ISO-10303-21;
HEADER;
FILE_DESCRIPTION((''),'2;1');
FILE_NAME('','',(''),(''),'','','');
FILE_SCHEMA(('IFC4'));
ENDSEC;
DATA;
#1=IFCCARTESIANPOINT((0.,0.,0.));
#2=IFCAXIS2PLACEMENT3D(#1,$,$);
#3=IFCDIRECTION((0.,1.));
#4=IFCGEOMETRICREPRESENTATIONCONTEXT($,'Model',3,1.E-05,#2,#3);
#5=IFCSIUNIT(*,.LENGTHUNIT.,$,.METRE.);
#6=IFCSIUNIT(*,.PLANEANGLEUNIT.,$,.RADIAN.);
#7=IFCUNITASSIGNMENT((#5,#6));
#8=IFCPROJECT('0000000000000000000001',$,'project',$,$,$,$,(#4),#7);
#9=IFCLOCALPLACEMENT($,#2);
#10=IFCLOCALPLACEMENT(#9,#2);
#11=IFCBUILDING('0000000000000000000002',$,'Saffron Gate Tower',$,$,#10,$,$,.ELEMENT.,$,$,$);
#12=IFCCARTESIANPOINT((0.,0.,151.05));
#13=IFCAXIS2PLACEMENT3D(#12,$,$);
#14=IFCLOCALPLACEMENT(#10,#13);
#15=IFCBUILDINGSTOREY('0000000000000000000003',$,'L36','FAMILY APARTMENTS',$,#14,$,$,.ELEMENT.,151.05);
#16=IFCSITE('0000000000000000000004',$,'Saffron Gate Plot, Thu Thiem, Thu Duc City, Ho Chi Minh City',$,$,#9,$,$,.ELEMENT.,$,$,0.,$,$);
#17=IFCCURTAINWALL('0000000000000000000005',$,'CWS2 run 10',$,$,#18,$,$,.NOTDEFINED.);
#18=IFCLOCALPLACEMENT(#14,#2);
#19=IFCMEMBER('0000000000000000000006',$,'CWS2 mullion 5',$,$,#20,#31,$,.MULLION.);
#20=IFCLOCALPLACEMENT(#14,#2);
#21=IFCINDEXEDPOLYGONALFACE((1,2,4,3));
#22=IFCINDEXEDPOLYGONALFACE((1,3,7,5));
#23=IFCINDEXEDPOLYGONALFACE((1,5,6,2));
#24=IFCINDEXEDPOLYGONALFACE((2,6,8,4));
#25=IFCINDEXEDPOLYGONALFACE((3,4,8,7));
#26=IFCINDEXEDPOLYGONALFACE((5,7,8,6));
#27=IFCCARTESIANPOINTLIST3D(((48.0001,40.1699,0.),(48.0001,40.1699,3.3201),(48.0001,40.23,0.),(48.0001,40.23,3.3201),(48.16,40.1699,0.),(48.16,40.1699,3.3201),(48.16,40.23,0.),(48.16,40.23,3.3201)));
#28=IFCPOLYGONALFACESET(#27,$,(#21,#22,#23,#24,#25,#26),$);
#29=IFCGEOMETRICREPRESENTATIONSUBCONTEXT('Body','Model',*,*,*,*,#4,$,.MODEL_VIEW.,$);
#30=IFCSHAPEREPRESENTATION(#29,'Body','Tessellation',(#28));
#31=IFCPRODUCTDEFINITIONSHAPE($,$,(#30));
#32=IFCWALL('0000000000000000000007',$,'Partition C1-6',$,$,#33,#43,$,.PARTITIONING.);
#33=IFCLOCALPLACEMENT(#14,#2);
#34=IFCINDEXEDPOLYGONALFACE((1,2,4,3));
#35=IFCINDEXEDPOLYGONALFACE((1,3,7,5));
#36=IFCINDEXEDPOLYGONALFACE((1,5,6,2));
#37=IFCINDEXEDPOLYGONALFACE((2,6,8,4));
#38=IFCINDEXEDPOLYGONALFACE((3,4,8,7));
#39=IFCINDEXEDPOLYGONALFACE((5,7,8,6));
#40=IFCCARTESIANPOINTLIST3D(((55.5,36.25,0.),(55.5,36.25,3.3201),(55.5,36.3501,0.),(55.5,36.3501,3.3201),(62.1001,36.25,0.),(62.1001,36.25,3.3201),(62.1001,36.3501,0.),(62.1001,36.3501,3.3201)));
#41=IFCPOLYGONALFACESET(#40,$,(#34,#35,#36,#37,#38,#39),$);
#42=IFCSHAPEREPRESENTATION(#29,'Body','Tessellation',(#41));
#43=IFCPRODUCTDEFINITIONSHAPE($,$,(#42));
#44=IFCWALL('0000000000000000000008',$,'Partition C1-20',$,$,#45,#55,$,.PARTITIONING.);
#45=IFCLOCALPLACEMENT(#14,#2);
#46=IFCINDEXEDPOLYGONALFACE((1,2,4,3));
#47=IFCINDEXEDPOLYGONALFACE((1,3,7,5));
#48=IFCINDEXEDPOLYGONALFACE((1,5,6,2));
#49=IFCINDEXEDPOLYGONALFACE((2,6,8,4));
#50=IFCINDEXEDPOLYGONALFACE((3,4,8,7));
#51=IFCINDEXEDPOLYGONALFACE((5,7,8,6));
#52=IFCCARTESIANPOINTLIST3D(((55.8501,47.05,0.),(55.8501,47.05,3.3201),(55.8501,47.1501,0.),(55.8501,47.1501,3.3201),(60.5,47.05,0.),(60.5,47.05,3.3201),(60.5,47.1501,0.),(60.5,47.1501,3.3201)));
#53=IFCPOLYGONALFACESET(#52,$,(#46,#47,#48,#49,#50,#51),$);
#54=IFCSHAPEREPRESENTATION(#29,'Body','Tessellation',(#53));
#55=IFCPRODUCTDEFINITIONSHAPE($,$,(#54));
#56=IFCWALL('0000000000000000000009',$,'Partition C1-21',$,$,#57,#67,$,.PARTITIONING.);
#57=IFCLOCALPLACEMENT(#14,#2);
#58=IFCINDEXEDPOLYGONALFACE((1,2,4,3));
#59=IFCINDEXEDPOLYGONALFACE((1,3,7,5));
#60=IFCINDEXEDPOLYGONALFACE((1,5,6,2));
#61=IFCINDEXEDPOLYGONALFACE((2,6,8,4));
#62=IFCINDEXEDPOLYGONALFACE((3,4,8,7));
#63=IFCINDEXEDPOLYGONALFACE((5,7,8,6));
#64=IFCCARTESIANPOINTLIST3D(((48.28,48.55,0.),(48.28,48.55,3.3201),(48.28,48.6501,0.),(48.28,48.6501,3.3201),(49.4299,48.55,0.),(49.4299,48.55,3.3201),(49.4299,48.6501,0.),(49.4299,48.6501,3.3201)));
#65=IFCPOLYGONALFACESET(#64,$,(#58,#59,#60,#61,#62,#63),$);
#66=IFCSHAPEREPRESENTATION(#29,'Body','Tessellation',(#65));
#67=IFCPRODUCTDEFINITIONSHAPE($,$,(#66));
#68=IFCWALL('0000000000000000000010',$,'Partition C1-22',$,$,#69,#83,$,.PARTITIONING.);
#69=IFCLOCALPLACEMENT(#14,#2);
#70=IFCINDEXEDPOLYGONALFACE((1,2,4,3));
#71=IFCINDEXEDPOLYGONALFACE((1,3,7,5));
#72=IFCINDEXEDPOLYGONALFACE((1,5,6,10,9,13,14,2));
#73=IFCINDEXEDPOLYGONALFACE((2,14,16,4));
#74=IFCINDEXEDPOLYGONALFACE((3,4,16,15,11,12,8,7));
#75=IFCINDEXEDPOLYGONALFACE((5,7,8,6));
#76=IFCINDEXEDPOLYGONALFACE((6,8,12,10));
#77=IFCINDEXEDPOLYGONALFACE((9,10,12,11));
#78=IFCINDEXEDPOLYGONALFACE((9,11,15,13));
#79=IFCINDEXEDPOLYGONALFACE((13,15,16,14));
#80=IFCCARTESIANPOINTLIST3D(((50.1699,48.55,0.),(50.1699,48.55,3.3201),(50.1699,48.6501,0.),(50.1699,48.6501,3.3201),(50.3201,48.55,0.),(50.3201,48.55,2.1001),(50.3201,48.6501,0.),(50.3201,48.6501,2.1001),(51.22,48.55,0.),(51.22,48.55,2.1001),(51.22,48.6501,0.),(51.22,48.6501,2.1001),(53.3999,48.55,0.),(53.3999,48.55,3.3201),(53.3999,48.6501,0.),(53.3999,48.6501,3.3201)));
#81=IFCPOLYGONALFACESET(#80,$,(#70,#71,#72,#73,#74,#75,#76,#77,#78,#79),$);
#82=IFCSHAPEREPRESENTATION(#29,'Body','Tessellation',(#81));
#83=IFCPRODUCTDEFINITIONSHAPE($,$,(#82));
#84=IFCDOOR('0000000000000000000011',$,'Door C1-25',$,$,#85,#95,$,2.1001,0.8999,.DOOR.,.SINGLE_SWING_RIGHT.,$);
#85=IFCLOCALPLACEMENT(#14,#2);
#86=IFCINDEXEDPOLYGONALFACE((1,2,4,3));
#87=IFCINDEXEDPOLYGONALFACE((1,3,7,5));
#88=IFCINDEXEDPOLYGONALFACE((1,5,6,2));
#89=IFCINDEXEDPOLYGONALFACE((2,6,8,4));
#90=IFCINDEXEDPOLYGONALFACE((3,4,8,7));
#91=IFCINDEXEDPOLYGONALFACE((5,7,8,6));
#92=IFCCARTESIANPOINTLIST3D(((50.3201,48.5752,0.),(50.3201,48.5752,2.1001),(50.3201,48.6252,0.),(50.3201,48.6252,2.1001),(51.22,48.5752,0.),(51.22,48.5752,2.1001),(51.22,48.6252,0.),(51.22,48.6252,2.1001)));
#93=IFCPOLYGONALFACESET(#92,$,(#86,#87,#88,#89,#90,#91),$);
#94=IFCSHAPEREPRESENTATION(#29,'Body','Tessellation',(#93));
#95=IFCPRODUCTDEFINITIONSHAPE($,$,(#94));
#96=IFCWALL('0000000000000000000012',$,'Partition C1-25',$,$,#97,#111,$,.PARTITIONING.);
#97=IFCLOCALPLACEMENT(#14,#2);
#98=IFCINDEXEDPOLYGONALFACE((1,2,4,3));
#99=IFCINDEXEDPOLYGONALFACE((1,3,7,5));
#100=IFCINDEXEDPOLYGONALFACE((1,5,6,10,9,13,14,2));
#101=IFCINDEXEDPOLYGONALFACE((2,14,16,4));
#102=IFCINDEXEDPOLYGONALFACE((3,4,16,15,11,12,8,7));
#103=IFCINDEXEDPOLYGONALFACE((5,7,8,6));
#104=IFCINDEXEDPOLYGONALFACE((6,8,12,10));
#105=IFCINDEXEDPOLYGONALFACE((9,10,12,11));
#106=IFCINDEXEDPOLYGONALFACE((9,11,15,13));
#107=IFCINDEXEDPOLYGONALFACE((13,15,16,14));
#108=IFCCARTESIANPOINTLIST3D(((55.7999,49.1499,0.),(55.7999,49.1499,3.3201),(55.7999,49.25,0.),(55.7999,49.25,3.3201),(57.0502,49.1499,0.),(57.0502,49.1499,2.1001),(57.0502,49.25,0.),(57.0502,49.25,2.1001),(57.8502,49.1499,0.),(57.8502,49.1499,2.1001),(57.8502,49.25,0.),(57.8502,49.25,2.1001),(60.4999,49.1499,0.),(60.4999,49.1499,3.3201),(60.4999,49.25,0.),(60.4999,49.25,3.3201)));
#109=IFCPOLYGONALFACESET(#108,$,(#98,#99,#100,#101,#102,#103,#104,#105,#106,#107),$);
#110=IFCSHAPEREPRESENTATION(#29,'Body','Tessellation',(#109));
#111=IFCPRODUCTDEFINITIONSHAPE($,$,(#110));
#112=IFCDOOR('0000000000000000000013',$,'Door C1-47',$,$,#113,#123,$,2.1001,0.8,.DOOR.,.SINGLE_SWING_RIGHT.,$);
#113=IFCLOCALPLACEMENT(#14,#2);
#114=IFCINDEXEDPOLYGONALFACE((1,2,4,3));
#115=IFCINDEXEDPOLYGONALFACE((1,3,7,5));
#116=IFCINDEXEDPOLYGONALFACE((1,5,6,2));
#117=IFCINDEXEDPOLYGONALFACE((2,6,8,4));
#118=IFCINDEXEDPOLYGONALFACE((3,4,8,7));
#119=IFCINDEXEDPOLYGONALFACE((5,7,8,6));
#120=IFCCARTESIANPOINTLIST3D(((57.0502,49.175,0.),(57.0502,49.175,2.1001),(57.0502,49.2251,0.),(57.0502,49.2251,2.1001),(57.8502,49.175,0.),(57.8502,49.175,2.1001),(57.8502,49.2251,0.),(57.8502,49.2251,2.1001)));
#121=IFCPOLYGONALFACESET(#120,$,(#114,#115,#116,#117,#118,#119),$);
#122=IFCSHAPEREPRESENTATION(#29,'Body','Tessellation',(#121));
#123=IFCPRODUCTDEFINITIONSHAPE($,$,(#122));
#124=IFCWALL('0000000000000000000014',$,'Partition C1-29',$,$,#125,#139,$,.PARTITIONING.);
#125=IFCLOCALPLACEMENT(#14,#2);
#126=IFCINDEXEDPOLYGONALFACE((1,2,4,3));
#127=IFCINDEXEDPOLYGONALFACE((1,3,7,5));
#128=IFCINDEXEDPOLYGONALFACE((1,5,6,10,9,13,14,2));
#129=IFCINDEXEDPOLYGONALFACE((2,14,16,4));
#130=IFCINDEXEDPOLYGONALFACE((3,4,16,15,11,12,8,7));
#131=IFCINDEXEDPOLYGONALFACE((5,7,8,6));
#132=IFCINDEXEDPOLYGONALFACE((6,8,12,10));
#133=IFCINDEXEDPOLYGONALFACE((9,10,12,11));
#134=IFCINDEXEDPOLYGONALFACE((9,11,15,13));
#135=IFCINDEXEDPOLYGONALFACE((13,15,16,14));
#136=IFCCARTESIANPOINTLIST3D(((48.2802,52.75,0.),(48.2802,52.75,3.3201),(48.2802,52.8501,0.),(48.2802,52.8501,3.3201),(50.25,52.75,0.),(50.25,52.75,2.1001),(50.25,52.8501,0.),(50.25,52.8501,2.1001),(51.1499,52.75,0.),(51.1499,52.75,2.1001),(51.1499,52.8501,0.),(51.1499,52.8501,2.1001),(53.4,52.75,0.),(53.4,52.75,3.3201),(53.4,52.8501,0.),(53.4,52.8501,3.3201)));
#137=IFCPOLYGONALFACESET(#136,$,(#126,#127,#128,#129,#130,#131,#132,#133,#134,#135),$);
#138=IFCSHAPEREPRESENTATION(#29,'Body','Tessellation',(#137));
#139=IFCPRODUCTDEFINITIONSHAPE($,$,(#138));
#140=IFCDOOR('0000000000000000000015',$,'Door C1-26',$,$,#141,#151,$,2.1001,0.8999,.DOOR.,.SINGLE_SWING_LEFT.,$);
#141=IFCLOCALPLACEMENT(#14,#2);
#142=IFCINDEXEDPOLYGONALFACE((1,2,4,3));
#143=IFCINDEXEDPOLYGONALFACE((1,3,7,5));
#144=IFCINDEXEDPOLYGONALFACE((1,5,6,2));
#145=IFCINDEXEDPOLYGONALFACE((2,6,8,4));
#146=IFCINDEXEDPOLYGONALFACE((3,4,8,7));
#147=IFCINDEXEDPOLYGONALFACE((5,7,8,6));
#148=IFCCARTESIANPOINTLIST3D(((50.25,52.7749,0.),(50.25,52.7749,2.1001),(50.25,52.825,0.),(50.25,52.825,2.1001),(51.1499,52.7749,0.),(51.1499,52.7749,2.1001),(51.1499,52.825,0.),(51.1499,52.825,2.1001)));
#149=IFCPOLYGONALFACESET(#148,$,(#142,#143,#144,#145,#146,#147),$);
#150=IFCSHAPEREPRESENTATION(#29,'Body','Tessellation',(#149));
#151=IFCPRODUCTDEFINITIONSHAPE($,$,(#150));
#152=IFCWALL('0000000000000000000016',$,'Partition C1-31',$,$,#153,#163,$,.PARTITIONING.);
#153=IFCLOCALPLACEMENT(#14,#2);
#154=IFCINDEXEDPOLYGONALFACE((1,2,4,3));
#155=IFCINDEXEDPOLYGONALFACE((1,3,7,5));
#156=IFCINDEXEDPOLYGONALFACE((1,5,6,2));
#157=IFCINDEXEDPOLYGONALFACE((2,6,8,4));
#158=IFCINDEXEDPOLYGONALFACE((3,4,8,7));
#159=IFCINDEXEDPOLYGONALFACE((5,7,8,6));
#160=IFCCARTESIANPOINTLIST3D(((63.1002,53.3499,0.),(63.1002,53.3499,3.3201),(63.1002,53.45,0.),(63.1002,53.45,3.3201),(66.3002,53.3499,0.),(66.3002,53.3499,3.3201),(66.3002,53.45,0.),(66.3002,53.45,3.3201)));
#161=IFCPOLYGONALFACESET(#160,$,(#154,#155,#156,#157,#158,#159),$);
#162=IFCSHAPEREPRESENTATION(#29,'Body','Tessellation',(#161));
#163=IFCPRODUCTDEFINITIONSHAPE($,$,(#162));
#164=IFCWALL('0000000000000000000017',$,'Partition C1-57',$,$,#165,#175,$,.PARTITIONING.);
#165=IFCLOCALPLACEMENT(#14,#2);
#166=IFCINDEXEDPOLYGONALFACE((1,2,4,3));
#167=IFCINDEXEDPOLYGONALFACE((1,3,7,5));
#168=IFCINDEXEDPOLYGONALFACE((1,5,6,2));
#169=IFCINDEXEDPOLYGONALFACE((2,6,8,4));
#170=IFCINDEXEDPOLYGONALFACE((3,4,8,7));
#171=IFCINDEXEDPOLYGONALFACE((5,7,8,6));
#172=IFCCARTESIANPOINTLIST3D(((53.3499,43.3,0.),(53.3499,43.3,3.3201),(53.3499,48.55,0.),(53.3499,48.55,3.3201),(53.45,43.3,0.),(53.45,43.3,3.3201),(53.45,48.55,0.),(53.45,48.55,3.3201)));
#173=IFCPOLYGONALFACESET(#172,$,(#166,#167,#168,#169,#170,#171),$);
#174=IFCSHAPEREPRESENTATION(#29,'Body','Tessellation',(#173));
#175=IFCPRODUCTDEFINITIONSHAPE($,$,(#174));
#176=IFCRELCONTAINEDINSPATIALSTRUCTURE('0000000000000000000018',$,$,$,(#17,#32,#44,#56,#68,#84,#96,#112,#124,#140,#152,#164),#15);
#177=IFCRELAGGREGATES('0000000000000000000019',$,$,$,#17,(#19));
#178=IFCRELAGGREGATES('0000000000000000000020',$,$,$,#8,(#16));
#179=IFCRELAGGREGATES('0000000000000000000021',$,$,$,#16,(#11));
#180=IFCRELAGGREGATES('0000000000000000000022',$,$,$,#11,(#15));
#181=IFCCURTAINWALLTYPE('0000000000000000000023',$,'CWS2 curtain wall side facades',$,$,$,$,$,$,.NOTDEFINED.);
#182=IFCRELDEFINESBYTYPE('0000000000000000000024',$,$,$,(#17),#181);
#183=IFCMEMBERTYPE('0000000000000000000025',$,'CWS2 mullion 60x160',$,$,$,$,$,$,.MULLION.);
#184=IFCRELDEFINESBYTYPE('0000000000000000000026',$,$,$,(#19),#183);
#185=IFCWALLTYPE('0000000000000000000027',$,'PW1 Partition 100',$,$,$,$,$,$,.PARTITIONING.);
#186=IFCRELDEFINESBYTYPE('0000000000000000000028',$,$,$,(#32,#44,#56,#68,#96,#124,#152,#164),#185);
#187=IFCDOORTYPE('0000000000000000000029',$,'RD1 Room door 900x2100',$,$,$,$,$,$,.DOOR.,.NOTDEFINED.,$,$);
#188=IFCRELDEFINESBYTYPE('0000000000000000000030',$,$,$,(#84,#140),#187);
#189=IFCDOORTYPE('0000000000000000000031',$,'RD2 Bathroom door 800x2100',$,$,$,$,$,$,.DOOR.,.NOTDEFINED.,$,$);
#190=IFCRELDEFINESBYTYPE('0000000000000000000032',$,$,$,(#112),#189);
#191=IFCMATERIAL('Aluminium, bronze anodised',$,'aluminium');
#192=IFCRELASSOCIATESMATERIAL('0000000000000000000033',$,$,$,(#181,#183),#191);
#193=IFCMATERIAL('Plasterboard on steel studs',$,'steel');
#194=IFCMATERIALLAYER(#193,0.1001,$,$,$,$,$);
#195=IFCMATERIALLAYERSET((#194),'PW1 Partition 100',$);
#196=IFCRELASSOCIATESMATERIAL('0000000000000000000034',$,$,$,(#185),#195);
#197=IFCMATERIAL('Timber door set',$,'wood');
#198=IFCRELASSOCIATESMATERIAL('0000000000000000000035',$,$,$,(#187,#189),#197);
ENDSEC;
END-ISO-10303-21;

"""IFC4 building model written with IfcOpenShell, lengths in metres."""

from ifc_helpers import new_model, si_unit, direction, frame, frame_2d, origin, origin_2d, place, context, subcontext, project, spatial, rectangle, extrude, material, layer, layer_set, material_profile, profile_set, type_object, element, fill, aggregate, save


model = new_model("IFC4")

# Units and contexts
model_context = context("Model", 3, precision=1e-05, world=origin(), true_north=direction((0.0, 1.0)))
body_context = subcontext(model_context, "Body", "Model", "MODEL_VIEW")
ifc_project = project(units=[si_unit("LENGTHUNIT", "METRE"), si_unit("PLANEANGLEUNIT", "RADIAN")], contexts=[model_context])

# Site, building, storey
site_placement = place(None, origin())
site = spatial("IfcSite", under=ifc_project, at=site_placement, Name="Saffron Gate Plot, Thu Thiem, Thu Duc City, Ho Chi Minh City", CompositionType="ELEMENT", RefElevation=0.0)
building_placement = place(site_placement, origin())
building = spatial("IfcBuilding", under=site, at=building_placement, Name="Saffron Gate Tower", CompositionType="ELEMENT")
storey_placement = place(building_placement, frame((0.0, 0.0, 151.05)))
storey = spatial("IfcBuildingStorey", under=building, at=storey_placement, Name="L36", Description="FAMILY APARTMENTS", CompositionType="ELEMENT", Elevation=151.05)

# Curtain wall, member
ifc_material_1 = material(Name="Aluminium, bronze anodised", Category="aluminium")
curtain_wall_type = type_object("IfcCurtainWallType", Name="CWS2 curtain wall side facades", PredefinedType="NOTDEFINED", material=ifc_material_1)
curtain_wall_placement = place(storey_placement, origin())
curtain_wall = element("IfcCurtainWall", 1, at=curtain_wall_placement, inside=storey, type_object=curtain_wall_type, Name="CWS2 run 10", PredefinedType="NOTDEFINED")
ifc_material_profile_1 = material_profile(ifc_material_1, rectangle(XDim=0.1599, YDim=0.0601, at=origin_2d()))
ifc_profile_set_1 = profile_set([ifc_material_profile_1], Name="Aluminium, bronze anodised")
member_type = type_object("IfcMemberType", Name="CWS2 mullion 60x160", PredefinedType="MULLION", material=ifc_profile_set_1)
member_1_placement = place(storey_placement, frame((48.0801, 40.2, 0.0), z_axis=(0.0, 0.0, 1.0), x_axis=(1.0, 0.0, 0.0)))
member_1 = element("IfcMember", 2, at=member_1_placement, type_object=member_type, Name="CWS2 mullion 5", PredefinedType="MULLION", context=body_context, shape_type="SweptSolid", body=[
    extrude(rectangle(XDim=0.1599, YDim=0.0601, at=origin_2d()), origin(), (0.0, 0.0, 1.0), 3.3201),
])
aggregate(curtain_wall, [member_1])

# Walls
ifc_material_2 = material(Name="Plasterboard on steel studs", Category="steel")
ifc_layer_1 = layer(ifc_material_2, 0.1001)
ifc_layer_set_1 = layer_set([ifc_layer_1], Name="PW1 Partition 100")
wall_type_1 = type_object("IfcWallType", Name="PW1 Partition 100", PredefinedType="PARTITIONING", material=ifc_layer_set_1)
wall_1_placement = place(storey_placement, frame((55.5, 36.3, 0.0), z_axis=(0.0, 0.0, 1.0), x_axis=(1.0, 0.0, 0.0)))
element("IfcWall", 3, at=wall_1_placement, inside=storey, type_object=wall_type_1, Name="Partition C1-6", PredefinedType="PARTITIONING", context=body_context, shape_type="SweptSolid", body=[
    extrude(rectangle(XDim=6.6001, YDim=0.1001, at=frame_2d((3.3, 0.0))), origin(), (0.0, 0.0, 1.0), 3.3201),
])
wall_2_placement = place(storey_placement, frame((55.8501, 47.1001, 0.0), z_axis=(0.0, 0.0, 1.0), x_axis=(1.0, 0.0, 0.0)))
element("IfcWall", 4, at=wall_2_placement, inside=storey, type_object=wall_type_1, Name="Partition C1-20", PredefinedType="PARTITIONING", context=body_context, shape_type="SweptSolid", body=[
    extrude(rectangle(XDim=4.6499, YDim=0.1001, at=frame_2d((2.325, 0.0))), origin(), (0.0, 0.0, 1.0), 3.3201),
])
wall_3_placement = place(storey_placement, frame((48.28, 48.6001, 0.0), z_axis=(0.0, 0.0, 1.0), x_axis=(1.0, 0.0, 0.0)))
element("IfcWall", 5, at=wall_3_placement, inside=storey, type_object=wall_type_1, Name="Partition C1-21", PredefinedType="PARTITIONING", context=body_context, shape_type="SweptSolid", body=[
    extrude(rectangle(XDim=1.1499, YDim=0.1001, at=frame_2d((0.575, 0.0))), origin(), (0.0, 0.0, 1.0), 3.3201),
])

# Walls, openings, doors
wall_4_placement = place(storey_placement, frame((53.3999, 48.6001, 0.0), z_axis=(0.0, 0.0, 1.0), x_axis=(-1.0, 0.0, 0.0)))
wall_4 = element("IfcWall", 6, at=wall_4_placement, inside=storey, type_object=wall_type_1, Name="Partition C1-22", PredefinedType="PARTITIONING", context=body_context, shape_type="SweptSolid", body=[
    extrude(rectangle(XDim=3.23, YDim=0.1001, at=frame_2d((1.615, 0.0))), origin(), (0.0, 0.0, 1.0), 3.3201),
])
opening_1_placement = place(wall_4_placement, frame((2.1799, 0.0, 0.0)))
opening_1 = element("IfcOpeningElement", 7, at=opening_1_placement, cuts=wall_4, PredefinedType="OPENING", context=body_context, shape_type="SweptSolid", body=[
    extrude(rectangle(XDim=0.8999, YDim=2.1001, at=frame_2d((0.45, 1.05))), frame((0.0, 0.0601, 0.0), z_axis=(0.0, -1.0, 0.0), x_axis=(1.0, 0.0, 0.0)), (0.0, 0.0, 1.0), 0.1201),
])
ifc_material_3 = material(Name="Timber door set", Category="wood")
door_type_1 = type_object("IfcDoorType", Name="RD1 Room door 900x2100", OperationType="NOTDEFINED", PredefinedType="DOOR", material=ifc_material_3)
door_1_placement = place(opening_1_placement, origin())
door_1 = element("IfcDoor", 8, at=door_1_placement, inside=storey, type_object=door_type_1, Name="Door C1-25", OperationType="SINGLE_SWING_RIGHT", OverallHeight=2.1001, OverallWidth=0.8999, PredefinedType="DOOR", context=body_context, shape_type="SweptSolid", body=[
    extrude(rectangle(XDim=0.8999, YDim=2.1001, at=frame_2d((0.45, 1.05))), frame((0.0, 0.0249, 0.0), z_axis=(0.0, -1.0, 0.0), x_axis=(1.0, 0.0, 0.0)), (0.0, 0.0, 1.0), 0.05),
])
fill(opening_1, door_1)
wall_5_placement = place(storey_placement, frame((60.5, 49.2, 0.0), z_axis=(0.0, 0.0, 1.0), x_axis=(-1.0, 0.0, 0.0)))
wall_5 = element("IfcWall", 9, at=wall_5_placement, inside=storey, type_object=wall_type_1, Name="Partition C1-25", PredefinedType="PARTITIONING", context=body_context, shape_type="SweptSolid", body=[
    extrude(rectangle(XDim=4.7, YDim=0.1001, at=frame_2d((2.3501, 0.0))), origin(), (0.0, 0.0, 1.0), 3.3201),
])
opening_2_placement = place(wall_5_placement, frame((2.6499, 0.0, 0.0)))
opening_2 = element("IfcOpeningElement", 10, at=opening_2_placement, cuts=wall_5, PredefinedType="OPENING", context=body_context, shape_type="SweptSolid", body=[
    extrude(rectangle(XDim=0.8, YDim=2.1001, at=frame_2d((0.3999, 1.05))), frame((0.0, 0.0601, 0.0), z_axis=(0.0, -1.0, 0.0), x_axis=(1.0, 0.0, 0.0)), (0.0, 0.0, 1.0), 0.1201),
])
door_type_2 = type_object("IfcDoorType", Name="RD2 Bathroom door 800x2100", OperationType="NOTDEFINED", PredefinedType="DOOR", material=ifc_material_3)
door_2_placement = place(opening_2_placement, origin())
door_2 = element("IfcDoor", 11, at=door_2_placement, inside=storey, type_object=door_type_2, Name="Door C1-47", OperationType="SINGLE_SWING_RIGHT", OverallHeight=2.1001, OverallWidth=0.8, PredefinedType="DOOR", context=body_context, shape_type="SweptSolid", body=[
    extrude(rectangle(XDim=0.8, YDim=2.1001, at=frame_2d((0.3999, 1.05))), frame((0.0, 0.0249, 0.0), z_axis=(0.0, -1.0, 0.0), x_axis=(1.0, 0.0, 0.0)), (0.0, 0.0, 1.0), 0.05),
])
fill(opening_2, door_2)
wall_6_placement = place(storey_placement, frame((48.28, 52.8, 0.0), z_axis=(0.0, 0.0, 1.0), x_axis=(1.0, 0.0, 0.0)))
wall_6 = element("IfcWall", 12, at=wall_6_placement, inside=storey, type_object=wall_type_1, Name="Partition C1-29", PredefinedType="PARTITIONING", context=body_context, shape_type="SweptSolid", body=[
    extrude(rectangle(XDim=5.1199, YDim=0.1001, at=frame_2d((2.5601, 0.0))), origin(), (0.0, 0.0, 1.0), 3.3201),
])
opening_3_placement = place(wall_6_placement, frame((1.97, 0.0, 0.0)))
opening_3 = element("IfcOpeningElement", 13, at=opening_3_placement, cuts=wall_6, PredefinedType="OPENING", context=body_context, shape_type="SweptSolid", body=[
    extrude(rectangle(XDim=0.8999, YDim=2.1001, at=frame_2d((0.45, 1.05))), frame((0.0, 0.0601, 0.0), z_axis=(0.0, -1.0, 0.0), x_axis=(1.0, 0.0, 0.0)), (0.0, 0.0, 1.0), 0.1201),
])
door_3_placement = place(opening_3_placement, origin())
door_3 = element("IfcDoor", 14, at=door_3_placement, inside=storey, type_object=door_type_1, Name="Door C1-26", OperationType="SINGLE_SWING_LEFT", OverallHeight=2.1001, OverallWidth=0.8999, PredefinedType="DOOR", context=body_context, shape_type="SweptSolid", body=[
    extrude(rectangle(XDim=0.8999, YDim=2.1001, at=frame_2d((0.45, 1.05))), frame((0.0, 0.0249, 0.0), z_axis=(0.0, -1.0, 0.0), x_axis=(1.0, 0.0, 0.0)), (0.0, 0.0, 1.0), 0.05),
])
fill(opening_3, door_3)

# Walls
wall_7_placement = place(storey_placement, frame((63.1001, 53.3999, 0.0), z_axis=(0.0, 0.0, 1.0), x_axis=(1.0, 0.0, 0.0)))
element("IfcWall", 15, at=wall_7_placement, inside=storey, type_object=wall_type_1, Name="Partition C1-31", PredefinedType="PARTITIONING", context=body_context, shape_type="SweptSolid", body=[
    extrude(rectangle(XDim=3.2, YDim=0.1001, at=frame_2d((1.6001, 0.0))), origin(), (0.0, 0.0, 1.0), 3.3201),
])
wall_8_placement = place(storey_placement, frame((53.3999, 48.55, 0.0), z_axis=(0.0, 0.0, 1.0), x_axis=(0.0, -1.0, 0.0)))
element("IfcWall", 16, at=wall_8_placement, inside=storey, type_object=wall_type_1, Name="Partition C1-57", PredefinedType="PARTITIONING", context=body_context, shape_type="SweptSolid", body=[
    extrude(rectangle(XDim=5.25, YDim=0.1001, at=frame_2d((2.625, 0.0))), origin(), (0.0, 0.0, 1.0), 3.3201),
])

save(model, "model.ifc")
